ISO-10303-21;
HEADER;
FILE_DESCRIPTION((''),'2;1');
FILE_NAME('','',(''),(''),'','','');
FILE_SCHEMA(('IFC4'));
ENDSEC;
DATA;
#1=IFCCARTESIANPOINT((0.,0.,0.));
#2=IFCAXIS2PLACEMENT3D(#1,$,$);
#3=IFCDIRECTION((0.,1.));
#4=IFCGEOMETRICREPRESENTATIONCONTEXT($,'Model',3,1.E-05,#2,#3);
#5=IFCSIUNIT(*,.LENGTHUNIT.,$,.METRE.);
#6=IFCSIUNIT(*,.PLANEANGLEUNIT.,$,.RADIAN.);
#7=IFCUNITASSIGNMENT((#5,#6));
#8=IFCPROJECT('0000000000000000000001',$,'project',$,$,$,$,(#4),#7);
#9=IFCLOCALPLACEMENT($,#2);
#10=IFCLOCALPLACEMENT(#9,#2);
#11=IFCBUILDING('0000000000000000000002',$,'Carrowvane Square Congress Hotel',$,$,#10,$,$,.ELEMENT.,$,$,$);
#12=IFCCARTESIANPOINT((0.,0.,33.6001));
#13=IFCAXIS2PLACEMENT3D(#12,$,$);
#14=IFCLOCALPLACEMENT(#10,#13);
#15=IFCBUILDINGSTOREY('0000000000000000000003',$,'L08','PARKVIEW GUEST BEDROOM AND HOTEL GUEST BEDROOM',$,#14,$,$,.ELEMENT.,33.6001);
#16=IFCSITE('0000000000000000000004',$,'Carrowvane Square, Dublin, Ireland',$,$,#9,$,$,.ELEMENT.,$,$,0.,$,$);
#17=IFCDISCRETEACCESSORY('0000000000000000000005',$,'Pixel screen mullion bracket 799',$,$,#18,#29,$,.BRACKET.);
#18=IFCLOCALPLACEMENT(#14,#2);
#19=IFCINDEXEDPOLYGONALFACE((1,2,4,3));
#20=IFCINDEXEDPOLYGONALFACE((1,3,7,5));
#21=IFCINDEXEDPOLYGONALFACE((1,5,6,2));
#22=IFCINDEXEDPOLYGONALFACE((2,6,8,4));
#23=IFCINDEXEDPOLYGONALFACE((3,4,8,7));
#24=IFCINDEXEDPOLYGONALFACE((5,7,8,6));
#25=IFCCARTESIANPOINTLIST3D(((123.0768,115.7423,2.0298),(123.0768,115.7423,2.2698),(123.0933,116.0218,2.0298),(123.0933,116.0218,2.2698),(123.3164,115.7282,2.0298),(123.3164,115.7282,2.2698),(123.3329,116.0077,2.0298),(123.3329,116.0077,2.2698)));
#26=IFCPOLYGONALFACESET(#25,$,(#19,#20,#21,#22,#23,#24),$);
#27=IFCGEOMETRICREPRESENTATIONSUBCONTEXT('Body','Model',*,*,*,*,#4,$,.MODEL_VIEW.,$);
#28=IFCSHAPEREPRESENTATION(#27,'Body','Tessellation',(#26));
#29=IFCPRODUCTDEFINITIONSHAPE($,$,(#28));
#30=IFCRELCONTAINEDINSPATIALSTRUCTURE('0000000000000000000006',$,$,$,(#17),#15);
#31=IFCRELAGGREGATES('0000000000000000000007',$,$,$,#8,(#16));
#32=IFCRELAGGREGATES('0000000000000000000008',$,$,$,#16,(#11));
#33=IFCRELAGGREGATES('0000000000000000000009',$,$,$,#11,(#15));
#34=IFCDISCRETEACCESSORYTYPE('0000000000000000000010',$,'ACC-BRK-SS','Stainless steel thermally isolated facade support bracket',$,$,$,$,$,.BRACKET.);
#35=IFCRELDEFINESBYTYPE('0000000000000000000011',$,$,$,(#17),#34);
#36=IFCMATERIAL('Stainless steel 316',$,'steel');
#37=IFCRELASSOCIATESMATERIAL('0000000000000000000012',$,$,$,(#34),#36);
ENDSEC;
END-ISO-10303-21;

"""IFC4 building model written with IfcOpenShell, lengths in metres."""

from ifc_helpers import new_model, si_unit, direction, frame, origin, origin_2d, place, context, subcontext, project, spatial, rectangle, extrude, material, type_object, element, save


model = new_model("IFC4")

# Units and contexts
model_context = context("Model", 3, precision=1e-05, world=origin(), true_north=direction((0.0, 1.0)))
body_context = subcontext(model_context, "Body", "Model", "MODEL_VIEW")
ifc_project = project(units=[si_unit("LENGTHUNIT", "METRE"), si_unit("PLANEANGLEUNIT", "RADIAN")], contexts=[model_context])

# Site, building, storey
site_placement = place(None, origin())
site = spatial("IfcSite", under=ifc_project, at=site_placement, Name="Carrowvane Square, Dublin, Ireland", CompositionType="ELEMENT", RefElevation=0.0)
building_placement = place(site_placement, origin())
building = spatial("IfcBuilding", under=site, at=building_placement, Name="Carrowvane Square Congress Hotel", CompositionType="ELEMENT")
storey_placement = place(building_placement, frame((0.0, 0.0, 33.6001)))
storey = spatial("IfcBuildingStorey", under=building, at=storey_placement, Name="L08", Description="PARKVIEW GUEST BEDROOM AND HOTEL GUEST BEDROOM", CompositionType="ELEMENT", Elevation=33.6001)

# Discrete accessory
ifc_material_1 = material(Name="Stainless steel 316", Category="steel")
discrete_accessory_type = type_object("IfcDiscreteAccessoryType", Name="ACC-BRK-SS", Description="Stainless steel thermally isolated facade support bracket", PredefinedType="BRACKET", material=ifc_material_1)
for number, where, z_axis, x_axis, name in (
    (1, (123.2048, 115.875, 2.0298), (0.0, 0.0, 1.0), (0.998267, -0.058852, 0.0), "Pixel screen mullion bracket 799"),
):
    element("IfcDiscreteAccessory", number, at=place(storey_placement, frame(where, z_axis=z_axis, x_axis=x_axis)), inside=storey, type_object=discrete_accessory_type, Name=name, PredefinedType="BRACKET", context=body_context, shape_type="SweptSolid", body=[
        extrude(rectangle(XDim=0.24, YDim=0.28, at=origin_2d()), origin(), (0.0, 0.0, 1.0), 0.24),
    ])

save(model, "model.ifc")
